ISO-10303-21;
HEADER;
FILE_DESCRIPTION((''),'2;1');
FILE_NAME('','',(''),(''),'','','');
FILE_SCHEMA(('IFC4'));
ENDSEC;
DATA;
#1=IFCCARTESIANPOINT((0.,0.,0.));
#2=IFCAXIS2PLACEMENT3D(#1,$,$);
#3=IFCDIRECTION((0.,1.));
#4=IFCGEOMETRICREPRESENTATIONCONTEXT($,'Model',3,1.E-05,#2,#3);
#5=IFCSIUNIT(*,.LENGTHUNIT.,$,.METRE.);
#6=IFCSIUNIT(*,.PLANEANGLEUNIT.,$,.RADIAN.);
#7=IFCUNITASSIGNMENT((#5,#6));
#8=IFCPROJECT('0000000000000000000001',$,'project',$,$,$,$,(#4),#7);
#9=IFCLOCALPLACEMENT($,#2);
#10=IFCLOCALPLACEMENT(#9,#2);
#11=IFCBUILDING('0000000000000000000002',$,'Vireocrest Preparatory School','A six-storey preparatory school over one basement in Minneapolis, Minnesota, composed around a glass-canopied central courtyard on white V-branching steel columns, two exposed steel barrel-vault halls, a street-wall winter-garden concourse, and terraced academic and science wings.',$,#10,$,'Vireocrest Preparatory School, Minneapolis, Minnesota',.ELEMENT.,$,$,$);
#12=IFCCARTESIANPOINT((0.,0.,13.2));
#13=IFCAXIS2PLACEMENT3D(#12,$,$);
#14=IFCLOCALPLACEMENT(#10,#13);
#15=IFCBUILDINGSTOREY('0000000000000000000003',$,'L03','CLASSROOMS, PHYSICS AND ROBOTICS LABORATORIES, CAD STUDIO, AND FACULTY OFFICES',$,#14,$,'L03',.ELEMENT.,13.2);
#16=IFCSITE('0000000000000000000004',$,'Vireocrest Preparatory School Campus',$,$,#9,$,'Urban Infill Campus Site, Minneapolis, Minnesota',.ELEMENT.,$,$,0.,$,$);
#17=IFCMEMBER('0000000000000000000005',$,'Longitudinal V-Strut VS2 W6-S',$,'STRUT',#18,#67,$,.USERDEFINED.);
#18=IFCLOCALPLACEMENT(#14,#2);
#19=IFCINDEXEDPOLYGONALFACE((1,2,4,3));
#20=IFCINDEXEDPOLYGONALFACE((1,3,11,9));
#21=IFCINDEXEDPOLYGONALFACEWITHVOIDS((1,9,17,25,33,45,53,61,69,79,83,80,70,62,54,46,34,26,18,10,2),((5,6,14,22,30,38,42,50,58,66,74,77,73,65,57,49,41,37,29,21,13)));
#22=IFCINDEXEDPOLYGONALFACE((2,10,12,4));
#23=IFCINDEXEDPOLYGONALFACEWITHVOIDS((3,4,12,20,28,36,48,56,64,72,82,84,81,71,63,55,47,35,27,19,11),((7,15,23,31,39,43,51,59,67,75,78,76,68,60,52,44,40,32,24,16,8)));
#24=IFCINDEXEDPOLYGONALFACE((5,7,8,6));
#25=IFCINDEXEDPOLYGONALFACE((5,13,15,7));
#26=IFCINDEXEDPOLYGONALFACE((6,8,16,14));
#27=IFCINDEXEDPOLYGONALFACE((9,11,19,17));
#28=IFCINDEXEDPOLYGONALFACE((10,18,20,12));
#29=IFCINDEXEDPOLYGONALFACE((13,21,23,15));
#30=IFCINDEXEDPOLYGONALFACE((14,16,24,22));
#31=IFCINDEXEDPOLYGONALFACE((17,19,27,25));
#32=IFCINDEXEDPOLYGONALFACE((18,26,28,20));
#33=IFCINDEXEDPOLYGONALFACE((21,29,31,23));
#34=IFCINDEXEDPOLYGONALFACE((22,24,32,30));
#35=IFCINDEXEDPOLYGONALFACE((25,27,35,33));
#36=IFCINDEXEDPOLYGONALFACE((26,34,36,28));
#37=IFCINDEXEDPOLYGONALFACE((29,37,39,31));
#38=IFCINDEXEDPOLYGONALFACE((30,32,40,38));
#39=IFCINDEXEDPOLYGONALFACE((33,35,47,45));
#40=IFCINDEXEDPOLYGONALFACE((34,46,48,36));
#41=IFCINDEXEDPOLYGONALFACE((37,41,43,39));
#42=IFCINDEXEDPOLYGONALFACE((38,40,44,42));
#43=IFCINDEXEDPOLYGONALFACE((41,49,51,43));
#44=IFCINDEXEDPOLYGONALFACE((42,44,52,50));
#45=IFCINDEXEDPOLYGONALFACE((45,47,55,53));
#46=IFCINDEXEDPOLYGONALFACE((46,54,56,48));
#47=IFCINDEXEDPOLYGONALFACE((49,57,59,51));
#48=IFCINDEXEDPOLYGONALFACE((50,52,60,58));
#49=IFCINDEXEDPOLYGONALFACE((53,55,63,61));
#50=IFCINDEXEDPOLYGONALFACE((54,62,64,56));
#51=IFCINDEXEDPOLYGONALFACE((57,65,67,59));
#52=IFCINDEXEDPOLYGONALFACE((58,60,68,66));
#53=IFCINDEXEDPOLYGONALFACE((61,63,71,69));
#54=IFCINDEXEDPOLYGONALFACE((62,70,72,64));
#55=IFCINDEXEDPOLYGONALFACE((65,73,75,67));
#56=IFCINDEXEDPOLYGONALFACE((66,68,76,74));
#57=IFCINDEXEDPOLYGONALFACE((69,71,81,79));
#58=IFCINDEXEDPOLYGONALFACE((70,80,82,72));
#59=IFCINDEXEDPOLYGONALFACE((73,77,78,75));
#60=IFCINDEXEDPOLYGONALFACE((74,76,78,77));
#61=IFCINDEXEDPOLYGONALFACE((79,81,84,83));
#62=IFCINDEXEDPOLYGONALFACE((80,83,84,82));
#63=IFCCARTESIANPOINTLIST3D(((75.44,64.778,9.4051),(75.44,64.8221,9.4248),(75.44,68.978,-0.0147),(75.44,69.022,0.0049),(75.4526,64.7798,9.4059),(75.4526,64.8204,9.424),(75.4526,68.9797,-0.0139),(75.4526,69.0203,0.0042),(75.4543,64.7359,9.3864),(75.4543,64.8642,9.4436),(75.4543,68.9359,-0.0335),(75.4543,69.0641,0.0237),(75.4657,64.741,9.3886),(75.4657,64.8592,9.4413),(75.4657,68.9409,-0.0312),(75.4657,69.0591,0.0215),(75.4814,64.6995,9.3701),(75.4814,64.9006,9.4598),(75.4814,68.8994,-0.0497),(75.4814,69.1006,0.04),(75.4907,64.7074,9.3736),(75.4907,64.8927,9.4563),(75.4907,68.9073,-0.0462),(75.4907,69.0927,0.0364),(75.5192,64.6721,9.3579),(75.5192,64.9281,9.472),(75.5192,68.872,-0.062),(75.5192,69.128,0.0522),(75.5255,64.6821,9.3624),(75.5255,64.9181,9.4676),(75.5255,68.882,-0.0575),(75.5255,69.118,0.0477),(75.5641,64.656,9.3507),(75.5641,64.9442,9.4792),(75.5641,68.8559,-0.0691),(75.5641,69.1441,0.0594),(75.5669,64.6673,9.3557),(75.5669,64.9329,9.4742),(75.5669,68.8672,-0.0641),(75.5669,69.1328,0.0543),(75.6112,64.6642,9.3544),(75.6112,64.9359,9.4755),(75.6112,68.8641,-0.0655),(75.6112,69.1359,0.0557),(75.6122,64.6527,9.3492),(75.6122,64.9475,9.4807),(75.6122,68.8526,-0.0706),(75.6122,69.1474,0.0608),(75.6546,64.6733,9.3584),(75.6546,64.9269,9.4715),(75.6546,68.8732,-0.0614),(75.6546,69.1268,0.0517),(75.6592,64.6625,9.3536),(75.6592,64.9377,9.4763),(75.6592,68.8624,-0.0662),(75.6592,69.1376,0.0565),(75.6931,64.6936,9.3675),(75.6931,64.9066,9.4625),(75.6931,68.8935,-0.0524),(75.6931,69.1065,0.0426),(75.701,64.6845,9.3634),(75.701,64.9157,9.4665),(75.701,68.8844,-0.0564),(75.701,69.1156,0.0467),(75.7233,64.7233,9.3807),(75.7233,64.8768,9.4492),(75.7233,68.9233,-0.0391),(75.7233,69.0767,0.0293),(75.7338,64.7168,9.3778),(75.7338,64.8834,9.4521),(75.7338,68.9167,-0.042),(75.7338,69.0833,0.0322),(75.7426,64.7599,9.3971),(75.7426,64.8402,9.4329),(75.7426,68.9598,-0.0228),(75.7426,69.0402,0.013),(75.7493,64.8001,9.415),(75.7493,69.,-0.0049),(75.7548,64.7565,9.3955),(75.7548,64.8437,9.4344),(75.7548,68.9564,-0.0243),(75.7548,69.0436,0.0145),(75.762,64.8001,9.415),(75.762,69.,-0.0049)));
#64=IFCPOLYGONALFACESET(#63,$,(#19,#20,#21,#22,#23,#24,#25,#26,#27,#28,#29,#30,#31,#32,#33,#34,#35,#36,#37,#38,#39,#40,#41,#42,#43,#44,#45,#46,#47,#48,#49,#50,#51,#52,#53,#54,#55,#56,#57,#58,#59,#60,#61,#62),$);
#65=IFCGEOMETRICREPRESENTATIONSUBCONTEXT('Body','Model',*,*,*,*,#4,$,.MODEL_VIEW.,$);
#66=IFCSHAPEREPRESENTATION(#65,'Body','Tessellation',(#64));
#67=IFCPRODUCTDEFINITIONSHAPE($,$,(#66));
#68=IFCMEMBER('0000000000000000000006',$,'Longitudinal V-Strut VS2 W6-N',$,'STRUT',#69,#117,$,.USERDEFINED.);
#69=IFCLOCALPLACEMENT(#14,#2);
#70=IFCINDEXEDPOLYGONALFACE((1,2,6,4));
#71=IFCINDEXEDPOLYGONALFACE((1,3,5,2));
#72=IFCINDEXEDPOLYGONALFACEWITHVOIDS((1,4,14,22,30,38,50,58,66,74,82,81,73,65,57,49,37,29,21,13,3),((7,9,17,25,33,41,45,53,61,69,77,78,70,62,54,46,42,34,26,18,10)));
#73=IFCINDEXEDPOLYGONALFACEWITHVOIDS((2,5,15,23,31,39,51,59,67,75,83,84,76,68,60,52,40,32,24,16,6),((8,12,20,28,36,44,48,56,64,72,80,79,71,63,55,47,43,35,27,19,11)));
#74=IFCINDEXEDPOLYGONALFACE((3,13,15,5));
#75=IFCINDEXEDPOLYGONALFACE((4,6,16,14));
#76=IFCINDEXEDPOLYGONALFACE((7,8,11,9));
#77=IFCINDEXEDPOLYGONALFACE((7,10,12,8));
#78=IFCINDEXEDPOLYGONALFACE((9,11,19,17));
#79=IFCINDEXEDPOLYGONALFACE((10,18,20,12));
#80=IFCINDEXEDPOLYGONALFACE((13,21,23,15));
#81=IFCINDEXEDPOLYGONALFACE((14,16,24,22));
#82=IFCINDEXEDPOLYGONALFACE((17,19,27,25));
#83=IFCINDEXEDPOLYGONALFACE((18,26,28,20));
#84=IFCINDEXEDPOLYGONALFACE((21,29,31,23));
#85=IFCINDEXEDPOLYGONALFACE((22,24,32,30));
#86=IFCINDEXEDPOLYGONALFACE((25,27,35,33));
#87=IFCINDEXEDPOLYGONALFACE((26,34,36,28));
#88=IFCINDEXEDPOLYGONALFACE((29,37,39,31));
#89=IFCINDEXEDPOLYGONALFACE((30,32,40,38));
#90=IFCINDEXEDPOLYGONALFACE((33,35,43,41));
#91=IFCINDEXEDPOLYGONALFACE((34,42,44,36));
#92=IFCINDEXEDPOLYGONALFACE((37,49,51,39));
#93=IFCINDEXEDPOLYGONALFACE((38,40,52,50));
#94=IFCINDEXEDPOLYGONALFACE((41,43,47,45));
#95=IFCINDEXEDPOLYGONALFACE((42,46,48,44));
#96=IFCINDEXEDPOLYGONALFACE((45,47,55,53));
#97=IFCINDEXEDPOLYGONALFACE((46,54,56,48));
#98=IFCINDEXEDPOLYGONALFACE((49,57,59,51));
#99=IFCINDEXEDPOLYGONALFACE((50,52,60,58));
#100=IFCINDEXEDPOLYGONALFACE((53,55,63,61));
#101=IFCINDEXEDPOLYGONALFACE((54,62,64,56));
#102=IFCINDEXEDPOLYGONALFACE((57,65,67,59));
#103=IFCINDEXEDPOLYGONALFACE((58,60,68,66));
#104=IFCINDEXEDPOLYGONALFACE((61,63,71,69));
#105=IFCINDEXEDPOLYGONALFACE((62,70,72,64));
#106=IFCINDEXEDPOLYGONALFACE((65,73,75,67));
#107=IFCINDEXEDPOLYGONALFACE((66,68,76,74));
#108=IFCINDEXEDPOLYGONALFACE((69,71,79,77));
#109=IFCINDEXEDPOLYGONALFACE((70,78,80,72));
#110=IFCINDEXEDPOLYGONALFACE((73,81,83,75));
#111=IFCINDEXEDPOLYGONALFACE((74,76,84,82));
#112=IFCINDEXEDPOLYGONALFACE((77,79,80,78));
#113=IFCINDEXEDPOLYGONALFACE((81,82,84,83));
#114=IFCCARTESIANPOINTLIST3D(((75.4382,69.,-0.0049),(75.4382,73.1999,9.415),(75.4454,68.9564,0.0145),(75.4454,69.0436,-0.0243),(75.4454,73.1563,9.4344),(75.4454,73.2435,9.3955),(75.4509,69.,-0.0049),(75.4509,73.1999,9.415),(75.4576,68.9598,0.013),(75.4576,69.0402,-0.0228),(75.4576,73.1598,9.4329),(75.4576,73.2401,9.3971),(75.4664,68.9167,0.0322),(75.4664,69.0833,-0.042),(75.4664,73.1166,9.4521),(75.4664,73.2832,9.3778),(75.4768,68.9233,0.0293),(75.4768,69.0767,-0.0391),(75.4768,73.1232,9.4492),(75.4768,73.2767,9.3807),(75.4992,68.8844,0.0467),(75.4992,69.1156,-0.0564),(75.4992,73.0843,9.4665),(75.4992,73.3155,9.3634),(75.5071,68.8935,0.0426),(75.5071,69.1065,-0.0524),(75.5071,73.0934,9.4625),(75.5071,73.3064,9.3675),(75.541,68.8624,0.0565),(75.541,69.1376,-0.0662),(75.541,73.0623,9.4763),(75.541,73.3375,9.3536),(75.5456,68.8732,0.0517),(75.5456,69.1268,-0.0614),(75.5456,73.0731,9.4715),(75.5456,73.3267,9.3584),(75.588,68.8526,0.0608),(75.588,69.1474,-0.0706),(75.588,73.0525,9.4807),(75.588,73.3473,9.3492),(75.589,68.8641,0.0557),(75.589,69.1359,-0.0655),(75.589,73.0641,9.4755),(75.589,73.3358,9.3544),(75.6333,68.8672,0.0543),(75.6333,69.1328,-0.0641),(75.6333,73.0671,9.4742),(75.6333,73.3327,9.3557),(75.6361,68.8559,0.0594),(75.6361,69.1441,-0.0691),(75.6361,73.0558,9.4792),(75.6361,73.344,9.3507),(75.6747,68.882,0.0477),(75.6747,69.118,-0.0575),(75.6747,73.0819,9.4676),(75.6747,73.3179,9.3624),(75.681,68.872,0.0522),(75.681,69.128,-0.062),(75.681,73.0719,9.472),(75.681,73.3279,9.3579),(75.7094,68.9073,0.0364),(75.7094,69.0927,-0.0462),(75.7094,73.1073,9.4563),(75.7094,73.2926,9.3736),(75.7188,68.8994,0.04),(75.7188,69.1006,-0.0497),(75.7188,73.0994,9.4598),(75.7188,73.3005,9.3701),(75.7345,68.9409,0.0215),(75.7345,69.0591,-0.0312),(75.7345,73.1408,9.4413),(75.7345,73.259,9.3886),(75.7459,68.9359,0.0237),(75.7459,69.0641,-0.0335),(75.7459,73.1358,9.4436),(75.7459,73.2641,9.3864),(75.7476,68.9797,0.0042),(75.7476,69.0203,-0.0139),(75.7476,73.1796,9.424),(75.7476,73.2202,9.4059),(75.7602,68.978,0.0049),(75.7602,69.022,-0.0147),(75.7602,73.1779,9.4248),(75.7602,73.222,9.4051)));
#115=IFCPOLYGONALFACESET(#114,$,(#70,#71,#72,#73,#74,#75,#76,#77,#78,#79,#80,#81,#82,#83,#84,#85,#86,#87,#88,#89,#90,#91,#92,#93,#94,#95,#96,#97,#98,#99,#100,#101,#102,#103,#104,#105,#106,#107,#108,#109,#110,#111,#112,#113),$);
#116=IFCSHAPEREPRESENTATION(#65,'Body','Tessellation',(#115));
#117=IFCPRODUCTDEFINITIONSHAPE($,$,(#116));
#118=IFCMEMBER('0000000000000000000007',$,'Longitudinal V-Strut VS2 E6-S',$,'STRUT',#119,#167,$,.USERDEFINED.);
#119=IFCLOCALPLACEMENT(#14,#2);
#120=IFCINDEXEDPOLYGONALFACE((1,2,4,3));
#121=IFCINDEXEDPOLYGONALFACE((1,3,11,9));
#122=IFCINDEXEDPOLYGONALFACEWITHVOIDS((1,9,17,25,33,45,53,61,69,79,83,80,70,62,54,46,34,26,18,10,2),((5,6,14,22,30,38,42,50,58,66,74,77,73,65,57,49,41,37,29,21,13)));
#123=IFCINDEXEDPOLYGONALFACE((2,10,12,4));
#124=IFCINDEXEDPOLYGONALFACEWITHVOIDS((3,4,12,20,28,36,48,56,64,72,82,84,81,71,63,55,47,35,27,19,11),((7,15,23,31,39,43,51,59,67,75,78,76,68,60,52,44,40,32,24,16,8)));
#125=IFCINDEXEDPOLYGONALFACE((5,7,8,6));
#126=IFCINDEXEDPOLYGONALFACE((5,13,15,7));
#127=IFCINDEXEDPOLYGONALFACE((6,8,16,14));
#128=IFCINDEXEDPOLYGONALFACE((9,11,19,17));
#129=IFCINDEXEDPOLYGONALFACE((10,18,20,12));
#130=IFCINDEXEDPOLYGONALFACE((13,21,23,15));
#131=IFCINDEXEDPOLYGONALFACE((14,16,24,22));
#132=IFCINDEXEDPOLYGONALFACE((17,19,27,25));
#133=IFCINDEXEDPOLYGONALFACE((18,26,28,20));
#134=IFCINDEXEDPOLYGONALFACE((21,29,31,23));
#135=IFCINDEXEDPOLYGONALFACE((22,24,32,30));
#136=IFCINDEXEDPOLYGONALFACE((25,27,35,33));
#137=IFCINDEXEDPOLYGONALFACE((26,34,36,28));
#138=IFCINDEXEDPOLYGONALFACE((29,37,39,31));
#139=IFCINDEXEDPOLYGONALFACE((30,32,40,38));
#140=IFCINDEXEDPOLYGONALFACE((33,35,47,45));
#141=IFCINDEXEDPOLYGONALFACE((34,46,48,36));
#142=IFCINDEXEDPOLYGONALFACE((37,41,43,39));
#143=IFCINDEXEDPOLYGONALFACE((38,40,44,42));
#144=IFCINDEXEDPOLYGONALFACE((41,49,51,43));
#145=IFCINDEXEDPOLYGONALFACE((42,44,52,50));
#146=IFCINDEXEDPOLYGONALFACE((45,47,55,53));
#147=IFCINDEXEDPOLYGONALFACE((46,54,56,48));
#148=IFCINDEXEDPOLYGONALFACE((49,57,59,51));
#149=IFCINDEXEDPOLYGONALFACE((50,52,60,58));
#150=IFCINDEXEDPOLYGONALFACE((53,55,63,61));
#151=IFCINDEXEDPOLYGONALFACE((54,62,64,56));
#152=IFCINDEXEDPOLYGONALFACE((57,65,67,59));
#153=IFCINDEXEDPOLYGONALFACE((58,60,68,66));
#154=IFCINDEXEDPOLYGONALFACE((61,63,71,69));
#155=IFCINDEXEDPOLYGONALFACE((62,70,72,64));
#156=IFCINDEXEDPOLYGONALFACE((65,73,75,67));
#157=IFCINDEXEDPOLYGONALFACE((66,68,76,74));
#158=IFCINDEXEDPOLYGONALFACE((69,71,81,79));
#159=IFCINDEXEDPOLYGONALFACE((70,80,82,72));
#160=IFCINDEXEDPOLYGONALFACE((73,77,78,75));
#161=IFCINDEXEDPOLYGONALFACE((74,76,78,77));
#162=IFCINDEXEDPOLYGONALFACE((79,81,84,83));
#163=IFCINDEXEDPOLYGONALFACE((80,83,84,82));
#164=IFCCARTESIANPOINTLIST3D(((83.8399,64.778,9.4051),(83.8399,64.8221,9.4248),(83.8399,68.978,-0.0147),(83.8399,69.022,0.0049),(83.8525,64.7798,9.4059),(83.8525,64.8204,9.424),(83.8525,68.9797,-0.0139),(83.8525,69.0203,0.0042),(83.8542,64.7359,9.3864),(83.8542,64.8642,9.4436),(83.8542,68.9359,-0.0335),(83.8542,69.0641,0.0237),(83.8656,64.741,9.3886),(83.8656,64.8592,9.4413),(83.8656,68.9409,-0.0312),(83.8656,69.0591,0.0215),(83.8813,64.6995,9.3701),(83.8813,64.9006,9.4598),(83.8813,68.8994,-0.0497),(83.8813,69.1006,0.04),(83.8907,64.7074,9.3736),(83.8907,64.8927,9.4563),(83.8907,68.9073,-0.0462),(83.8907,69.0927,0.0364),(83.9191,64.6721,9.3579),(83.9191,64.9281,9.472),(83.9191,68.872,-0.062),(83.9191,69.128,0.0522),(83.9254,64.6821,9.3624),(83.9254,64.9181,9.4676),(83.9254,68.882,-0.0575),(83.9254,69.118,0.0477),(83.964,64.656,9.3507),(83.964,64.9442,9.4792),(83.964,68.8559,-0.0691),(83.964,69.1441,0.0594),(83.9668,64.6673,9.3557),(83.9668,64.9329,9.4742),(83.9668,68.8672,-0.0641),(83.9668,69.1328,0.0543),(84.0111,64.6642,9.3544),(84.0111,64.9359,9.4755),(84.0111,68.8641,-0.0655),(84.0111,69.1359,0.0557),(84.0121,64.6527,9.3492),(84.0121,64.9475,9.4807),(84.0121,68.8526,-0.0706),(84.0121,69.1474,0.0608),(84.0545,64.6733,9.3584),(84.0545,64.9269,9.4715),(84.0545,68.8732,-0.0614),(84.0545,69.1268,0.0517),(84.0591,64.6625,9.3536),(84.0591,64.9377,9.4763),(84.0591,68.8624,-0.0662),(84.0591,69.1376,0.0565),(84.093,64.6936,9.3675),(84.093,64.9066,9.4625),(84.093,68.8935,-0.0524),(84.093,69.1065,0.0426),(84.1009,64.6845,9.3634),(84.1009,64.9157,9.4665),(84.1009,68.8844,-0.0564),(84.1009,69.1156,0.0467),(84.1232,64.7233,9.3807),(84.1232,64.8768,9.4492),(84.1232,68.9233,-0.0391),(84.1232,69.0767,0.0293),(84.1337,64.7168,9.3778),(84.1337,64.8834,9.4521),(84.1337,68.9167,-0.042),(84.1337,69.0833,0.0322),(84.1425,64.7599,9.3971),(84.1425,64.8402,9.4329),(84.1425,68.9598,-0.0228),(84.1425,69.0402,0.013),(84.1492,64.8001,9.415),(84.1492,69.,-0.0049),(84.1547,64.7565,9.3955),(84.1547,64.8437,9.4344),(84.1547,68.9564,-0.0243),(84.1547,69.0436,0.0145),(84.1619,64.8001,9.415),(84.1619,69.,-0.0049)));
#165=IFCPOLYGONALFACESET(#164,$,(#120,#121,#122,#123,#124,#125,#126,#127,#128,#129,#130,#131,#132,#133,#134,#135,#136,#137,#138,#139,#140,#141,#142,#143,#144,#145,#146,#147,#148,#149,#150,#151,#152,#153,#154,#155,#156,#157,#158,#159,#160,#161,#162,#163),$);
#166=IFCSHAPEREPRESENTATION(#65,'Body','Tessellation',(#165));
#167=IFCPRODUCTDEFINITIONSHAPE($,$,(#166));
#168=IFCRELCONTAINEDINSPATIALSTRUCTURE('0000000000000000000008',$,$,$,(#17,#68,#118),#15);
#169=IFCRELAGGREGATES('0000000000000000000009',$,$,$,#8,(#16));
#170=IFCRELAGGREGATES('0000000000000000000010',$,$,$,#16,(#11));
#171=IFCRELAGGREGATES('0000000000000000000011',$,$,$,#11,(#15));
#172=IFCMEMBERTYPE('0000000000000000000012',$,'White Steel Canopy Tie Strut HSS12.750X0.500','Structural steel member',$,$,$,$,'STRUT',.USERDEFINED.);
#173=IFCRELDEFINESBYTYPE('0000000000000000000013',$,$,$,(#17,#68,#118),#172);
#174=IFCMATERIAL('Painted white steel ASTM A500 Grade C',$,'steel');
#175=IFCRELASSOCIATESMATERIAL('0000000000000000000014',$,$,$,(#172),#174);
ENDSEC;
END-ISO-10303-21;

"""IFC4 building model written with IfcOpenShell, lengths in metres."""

from ifc_helpers import new_model, si_unit, direction, frame, origin, origin_2d, place, context, subcontext, project, spatial, hollow_circle, extrude, material, material_profile, profile_set, type_object, element, save


model = new_model("IFC4")

# Units and contexts
model_context = context("Model", 3, precision=1e-05, world=origin(), true_north=direction((0.0, 1.0)))
body_context = subcontext(model_context, "Body", "Model", "MODEL_VIEW")
ifc_project = project(units=[si_unit("LENGTHUNIT", "METRE"), si_unit("PLANEANGLEUNIT", "RADIAN")], contexts=[model_context])

# Site, building, storey
site_placement = place(None, origin())
site = spatial("IfcSite", under=ifc_project, at=site_placement, Name="Vireocrest Preparatory School Campus", LongName="Urban Infill Campus Site, Minneapolis, Minnesota", CompositionType="ELEMENT", RefElevation=0.0)
building_placement = place(site_placement, origin())
building = spatial("IfcBuilding", under=site, at=building_placement, Name="Vireocrest Preparatory School", Description="A six-storey preparatory school over one basement in Minneapolis, Minnesota, composed around a glass-canopied central courtyard on white V-branching steel columns, two exposed steel barrel-vault halls, a street-wall winter-garden concourse, and terraced academic and science wings.", LongName="Vireocrest Preparatory School, Minneapolis, Minnesota", CompositionType="ELEMENT")
storey_placement = place(building_placement, frame((0.0, 0.0, 13.2)))
storey = spatial("IfcBuildingStorey", under=building, at=storey_placement, Name="L03", Description="CLASSROOMS, PHYSICS AND ROBOTICS LABORATORIES, CAD STUDIO, AND FACULTY OFFICES", LongName="L03", CompositionType="ELEMENT", Elevation=13.2)

# Members
ifc_material_1 = material(Name="Painted white steel ASTM A500 Grade C", Category="steel")
ifc_material_profile_1 = material_profile(ifc_material_1, hollow_circle(Radius=0.1619, WallThickness=0.0127, at=origin_2d()), Name="HSS12.750X0.500")
ifc_profile_set_1 = profile_set([ifc_material_profile_1], Name="Painted white steel ASTM A500 Grade C")
member_type_1 = type_object("IfcMemberType", Name="White Steel Canopy Tie Strut HSS12.750X0.500", Description="Structural steel member", ElementType="STRUT", PredefinedType="USERDEFINED", material=ifc_profile_set_1)
for number, where, z_axis, x_axis, name in (
    (1, (75.6001, 69.0, -0.0049), (0.0, -0.407217, 0.913332), (1.0, 0.0, 0.0), "Longitudinal V-Strut VS2 W6-S"),
    (2, (75.6001, 69.0, -0.0049), (0.0, 0.407217, 0.913332), (-1.0, 0.0, 0.0), "Longitudinal V-Strut VS2 W6-N"),
    (3, (84.0, 69.0, -0.0049), (0.0, -0.407217, 0.913332), (1.0, 0.0, 0.0), "Longitudinal V-Strut VS2 E6-S"),
):
    element("IfcMember", number, at=place(storey_placement, frame(where, z_axis=z_axis, x_axis=x_axis)), inside=storey, type_object=member_type_1, Name=name, ObjectType="STRUT", PredefinedType="USERDEFINED", context=body_context, shape_type="SweptSolid", body=[
        extrude(hollow_circle(Radius=0.1619, WallThickness=0.0127, at=origin_2d()), origin(), (0.0, 0.0, 1.0), 10.3137),
    ])

save(model, "model.ifc")
